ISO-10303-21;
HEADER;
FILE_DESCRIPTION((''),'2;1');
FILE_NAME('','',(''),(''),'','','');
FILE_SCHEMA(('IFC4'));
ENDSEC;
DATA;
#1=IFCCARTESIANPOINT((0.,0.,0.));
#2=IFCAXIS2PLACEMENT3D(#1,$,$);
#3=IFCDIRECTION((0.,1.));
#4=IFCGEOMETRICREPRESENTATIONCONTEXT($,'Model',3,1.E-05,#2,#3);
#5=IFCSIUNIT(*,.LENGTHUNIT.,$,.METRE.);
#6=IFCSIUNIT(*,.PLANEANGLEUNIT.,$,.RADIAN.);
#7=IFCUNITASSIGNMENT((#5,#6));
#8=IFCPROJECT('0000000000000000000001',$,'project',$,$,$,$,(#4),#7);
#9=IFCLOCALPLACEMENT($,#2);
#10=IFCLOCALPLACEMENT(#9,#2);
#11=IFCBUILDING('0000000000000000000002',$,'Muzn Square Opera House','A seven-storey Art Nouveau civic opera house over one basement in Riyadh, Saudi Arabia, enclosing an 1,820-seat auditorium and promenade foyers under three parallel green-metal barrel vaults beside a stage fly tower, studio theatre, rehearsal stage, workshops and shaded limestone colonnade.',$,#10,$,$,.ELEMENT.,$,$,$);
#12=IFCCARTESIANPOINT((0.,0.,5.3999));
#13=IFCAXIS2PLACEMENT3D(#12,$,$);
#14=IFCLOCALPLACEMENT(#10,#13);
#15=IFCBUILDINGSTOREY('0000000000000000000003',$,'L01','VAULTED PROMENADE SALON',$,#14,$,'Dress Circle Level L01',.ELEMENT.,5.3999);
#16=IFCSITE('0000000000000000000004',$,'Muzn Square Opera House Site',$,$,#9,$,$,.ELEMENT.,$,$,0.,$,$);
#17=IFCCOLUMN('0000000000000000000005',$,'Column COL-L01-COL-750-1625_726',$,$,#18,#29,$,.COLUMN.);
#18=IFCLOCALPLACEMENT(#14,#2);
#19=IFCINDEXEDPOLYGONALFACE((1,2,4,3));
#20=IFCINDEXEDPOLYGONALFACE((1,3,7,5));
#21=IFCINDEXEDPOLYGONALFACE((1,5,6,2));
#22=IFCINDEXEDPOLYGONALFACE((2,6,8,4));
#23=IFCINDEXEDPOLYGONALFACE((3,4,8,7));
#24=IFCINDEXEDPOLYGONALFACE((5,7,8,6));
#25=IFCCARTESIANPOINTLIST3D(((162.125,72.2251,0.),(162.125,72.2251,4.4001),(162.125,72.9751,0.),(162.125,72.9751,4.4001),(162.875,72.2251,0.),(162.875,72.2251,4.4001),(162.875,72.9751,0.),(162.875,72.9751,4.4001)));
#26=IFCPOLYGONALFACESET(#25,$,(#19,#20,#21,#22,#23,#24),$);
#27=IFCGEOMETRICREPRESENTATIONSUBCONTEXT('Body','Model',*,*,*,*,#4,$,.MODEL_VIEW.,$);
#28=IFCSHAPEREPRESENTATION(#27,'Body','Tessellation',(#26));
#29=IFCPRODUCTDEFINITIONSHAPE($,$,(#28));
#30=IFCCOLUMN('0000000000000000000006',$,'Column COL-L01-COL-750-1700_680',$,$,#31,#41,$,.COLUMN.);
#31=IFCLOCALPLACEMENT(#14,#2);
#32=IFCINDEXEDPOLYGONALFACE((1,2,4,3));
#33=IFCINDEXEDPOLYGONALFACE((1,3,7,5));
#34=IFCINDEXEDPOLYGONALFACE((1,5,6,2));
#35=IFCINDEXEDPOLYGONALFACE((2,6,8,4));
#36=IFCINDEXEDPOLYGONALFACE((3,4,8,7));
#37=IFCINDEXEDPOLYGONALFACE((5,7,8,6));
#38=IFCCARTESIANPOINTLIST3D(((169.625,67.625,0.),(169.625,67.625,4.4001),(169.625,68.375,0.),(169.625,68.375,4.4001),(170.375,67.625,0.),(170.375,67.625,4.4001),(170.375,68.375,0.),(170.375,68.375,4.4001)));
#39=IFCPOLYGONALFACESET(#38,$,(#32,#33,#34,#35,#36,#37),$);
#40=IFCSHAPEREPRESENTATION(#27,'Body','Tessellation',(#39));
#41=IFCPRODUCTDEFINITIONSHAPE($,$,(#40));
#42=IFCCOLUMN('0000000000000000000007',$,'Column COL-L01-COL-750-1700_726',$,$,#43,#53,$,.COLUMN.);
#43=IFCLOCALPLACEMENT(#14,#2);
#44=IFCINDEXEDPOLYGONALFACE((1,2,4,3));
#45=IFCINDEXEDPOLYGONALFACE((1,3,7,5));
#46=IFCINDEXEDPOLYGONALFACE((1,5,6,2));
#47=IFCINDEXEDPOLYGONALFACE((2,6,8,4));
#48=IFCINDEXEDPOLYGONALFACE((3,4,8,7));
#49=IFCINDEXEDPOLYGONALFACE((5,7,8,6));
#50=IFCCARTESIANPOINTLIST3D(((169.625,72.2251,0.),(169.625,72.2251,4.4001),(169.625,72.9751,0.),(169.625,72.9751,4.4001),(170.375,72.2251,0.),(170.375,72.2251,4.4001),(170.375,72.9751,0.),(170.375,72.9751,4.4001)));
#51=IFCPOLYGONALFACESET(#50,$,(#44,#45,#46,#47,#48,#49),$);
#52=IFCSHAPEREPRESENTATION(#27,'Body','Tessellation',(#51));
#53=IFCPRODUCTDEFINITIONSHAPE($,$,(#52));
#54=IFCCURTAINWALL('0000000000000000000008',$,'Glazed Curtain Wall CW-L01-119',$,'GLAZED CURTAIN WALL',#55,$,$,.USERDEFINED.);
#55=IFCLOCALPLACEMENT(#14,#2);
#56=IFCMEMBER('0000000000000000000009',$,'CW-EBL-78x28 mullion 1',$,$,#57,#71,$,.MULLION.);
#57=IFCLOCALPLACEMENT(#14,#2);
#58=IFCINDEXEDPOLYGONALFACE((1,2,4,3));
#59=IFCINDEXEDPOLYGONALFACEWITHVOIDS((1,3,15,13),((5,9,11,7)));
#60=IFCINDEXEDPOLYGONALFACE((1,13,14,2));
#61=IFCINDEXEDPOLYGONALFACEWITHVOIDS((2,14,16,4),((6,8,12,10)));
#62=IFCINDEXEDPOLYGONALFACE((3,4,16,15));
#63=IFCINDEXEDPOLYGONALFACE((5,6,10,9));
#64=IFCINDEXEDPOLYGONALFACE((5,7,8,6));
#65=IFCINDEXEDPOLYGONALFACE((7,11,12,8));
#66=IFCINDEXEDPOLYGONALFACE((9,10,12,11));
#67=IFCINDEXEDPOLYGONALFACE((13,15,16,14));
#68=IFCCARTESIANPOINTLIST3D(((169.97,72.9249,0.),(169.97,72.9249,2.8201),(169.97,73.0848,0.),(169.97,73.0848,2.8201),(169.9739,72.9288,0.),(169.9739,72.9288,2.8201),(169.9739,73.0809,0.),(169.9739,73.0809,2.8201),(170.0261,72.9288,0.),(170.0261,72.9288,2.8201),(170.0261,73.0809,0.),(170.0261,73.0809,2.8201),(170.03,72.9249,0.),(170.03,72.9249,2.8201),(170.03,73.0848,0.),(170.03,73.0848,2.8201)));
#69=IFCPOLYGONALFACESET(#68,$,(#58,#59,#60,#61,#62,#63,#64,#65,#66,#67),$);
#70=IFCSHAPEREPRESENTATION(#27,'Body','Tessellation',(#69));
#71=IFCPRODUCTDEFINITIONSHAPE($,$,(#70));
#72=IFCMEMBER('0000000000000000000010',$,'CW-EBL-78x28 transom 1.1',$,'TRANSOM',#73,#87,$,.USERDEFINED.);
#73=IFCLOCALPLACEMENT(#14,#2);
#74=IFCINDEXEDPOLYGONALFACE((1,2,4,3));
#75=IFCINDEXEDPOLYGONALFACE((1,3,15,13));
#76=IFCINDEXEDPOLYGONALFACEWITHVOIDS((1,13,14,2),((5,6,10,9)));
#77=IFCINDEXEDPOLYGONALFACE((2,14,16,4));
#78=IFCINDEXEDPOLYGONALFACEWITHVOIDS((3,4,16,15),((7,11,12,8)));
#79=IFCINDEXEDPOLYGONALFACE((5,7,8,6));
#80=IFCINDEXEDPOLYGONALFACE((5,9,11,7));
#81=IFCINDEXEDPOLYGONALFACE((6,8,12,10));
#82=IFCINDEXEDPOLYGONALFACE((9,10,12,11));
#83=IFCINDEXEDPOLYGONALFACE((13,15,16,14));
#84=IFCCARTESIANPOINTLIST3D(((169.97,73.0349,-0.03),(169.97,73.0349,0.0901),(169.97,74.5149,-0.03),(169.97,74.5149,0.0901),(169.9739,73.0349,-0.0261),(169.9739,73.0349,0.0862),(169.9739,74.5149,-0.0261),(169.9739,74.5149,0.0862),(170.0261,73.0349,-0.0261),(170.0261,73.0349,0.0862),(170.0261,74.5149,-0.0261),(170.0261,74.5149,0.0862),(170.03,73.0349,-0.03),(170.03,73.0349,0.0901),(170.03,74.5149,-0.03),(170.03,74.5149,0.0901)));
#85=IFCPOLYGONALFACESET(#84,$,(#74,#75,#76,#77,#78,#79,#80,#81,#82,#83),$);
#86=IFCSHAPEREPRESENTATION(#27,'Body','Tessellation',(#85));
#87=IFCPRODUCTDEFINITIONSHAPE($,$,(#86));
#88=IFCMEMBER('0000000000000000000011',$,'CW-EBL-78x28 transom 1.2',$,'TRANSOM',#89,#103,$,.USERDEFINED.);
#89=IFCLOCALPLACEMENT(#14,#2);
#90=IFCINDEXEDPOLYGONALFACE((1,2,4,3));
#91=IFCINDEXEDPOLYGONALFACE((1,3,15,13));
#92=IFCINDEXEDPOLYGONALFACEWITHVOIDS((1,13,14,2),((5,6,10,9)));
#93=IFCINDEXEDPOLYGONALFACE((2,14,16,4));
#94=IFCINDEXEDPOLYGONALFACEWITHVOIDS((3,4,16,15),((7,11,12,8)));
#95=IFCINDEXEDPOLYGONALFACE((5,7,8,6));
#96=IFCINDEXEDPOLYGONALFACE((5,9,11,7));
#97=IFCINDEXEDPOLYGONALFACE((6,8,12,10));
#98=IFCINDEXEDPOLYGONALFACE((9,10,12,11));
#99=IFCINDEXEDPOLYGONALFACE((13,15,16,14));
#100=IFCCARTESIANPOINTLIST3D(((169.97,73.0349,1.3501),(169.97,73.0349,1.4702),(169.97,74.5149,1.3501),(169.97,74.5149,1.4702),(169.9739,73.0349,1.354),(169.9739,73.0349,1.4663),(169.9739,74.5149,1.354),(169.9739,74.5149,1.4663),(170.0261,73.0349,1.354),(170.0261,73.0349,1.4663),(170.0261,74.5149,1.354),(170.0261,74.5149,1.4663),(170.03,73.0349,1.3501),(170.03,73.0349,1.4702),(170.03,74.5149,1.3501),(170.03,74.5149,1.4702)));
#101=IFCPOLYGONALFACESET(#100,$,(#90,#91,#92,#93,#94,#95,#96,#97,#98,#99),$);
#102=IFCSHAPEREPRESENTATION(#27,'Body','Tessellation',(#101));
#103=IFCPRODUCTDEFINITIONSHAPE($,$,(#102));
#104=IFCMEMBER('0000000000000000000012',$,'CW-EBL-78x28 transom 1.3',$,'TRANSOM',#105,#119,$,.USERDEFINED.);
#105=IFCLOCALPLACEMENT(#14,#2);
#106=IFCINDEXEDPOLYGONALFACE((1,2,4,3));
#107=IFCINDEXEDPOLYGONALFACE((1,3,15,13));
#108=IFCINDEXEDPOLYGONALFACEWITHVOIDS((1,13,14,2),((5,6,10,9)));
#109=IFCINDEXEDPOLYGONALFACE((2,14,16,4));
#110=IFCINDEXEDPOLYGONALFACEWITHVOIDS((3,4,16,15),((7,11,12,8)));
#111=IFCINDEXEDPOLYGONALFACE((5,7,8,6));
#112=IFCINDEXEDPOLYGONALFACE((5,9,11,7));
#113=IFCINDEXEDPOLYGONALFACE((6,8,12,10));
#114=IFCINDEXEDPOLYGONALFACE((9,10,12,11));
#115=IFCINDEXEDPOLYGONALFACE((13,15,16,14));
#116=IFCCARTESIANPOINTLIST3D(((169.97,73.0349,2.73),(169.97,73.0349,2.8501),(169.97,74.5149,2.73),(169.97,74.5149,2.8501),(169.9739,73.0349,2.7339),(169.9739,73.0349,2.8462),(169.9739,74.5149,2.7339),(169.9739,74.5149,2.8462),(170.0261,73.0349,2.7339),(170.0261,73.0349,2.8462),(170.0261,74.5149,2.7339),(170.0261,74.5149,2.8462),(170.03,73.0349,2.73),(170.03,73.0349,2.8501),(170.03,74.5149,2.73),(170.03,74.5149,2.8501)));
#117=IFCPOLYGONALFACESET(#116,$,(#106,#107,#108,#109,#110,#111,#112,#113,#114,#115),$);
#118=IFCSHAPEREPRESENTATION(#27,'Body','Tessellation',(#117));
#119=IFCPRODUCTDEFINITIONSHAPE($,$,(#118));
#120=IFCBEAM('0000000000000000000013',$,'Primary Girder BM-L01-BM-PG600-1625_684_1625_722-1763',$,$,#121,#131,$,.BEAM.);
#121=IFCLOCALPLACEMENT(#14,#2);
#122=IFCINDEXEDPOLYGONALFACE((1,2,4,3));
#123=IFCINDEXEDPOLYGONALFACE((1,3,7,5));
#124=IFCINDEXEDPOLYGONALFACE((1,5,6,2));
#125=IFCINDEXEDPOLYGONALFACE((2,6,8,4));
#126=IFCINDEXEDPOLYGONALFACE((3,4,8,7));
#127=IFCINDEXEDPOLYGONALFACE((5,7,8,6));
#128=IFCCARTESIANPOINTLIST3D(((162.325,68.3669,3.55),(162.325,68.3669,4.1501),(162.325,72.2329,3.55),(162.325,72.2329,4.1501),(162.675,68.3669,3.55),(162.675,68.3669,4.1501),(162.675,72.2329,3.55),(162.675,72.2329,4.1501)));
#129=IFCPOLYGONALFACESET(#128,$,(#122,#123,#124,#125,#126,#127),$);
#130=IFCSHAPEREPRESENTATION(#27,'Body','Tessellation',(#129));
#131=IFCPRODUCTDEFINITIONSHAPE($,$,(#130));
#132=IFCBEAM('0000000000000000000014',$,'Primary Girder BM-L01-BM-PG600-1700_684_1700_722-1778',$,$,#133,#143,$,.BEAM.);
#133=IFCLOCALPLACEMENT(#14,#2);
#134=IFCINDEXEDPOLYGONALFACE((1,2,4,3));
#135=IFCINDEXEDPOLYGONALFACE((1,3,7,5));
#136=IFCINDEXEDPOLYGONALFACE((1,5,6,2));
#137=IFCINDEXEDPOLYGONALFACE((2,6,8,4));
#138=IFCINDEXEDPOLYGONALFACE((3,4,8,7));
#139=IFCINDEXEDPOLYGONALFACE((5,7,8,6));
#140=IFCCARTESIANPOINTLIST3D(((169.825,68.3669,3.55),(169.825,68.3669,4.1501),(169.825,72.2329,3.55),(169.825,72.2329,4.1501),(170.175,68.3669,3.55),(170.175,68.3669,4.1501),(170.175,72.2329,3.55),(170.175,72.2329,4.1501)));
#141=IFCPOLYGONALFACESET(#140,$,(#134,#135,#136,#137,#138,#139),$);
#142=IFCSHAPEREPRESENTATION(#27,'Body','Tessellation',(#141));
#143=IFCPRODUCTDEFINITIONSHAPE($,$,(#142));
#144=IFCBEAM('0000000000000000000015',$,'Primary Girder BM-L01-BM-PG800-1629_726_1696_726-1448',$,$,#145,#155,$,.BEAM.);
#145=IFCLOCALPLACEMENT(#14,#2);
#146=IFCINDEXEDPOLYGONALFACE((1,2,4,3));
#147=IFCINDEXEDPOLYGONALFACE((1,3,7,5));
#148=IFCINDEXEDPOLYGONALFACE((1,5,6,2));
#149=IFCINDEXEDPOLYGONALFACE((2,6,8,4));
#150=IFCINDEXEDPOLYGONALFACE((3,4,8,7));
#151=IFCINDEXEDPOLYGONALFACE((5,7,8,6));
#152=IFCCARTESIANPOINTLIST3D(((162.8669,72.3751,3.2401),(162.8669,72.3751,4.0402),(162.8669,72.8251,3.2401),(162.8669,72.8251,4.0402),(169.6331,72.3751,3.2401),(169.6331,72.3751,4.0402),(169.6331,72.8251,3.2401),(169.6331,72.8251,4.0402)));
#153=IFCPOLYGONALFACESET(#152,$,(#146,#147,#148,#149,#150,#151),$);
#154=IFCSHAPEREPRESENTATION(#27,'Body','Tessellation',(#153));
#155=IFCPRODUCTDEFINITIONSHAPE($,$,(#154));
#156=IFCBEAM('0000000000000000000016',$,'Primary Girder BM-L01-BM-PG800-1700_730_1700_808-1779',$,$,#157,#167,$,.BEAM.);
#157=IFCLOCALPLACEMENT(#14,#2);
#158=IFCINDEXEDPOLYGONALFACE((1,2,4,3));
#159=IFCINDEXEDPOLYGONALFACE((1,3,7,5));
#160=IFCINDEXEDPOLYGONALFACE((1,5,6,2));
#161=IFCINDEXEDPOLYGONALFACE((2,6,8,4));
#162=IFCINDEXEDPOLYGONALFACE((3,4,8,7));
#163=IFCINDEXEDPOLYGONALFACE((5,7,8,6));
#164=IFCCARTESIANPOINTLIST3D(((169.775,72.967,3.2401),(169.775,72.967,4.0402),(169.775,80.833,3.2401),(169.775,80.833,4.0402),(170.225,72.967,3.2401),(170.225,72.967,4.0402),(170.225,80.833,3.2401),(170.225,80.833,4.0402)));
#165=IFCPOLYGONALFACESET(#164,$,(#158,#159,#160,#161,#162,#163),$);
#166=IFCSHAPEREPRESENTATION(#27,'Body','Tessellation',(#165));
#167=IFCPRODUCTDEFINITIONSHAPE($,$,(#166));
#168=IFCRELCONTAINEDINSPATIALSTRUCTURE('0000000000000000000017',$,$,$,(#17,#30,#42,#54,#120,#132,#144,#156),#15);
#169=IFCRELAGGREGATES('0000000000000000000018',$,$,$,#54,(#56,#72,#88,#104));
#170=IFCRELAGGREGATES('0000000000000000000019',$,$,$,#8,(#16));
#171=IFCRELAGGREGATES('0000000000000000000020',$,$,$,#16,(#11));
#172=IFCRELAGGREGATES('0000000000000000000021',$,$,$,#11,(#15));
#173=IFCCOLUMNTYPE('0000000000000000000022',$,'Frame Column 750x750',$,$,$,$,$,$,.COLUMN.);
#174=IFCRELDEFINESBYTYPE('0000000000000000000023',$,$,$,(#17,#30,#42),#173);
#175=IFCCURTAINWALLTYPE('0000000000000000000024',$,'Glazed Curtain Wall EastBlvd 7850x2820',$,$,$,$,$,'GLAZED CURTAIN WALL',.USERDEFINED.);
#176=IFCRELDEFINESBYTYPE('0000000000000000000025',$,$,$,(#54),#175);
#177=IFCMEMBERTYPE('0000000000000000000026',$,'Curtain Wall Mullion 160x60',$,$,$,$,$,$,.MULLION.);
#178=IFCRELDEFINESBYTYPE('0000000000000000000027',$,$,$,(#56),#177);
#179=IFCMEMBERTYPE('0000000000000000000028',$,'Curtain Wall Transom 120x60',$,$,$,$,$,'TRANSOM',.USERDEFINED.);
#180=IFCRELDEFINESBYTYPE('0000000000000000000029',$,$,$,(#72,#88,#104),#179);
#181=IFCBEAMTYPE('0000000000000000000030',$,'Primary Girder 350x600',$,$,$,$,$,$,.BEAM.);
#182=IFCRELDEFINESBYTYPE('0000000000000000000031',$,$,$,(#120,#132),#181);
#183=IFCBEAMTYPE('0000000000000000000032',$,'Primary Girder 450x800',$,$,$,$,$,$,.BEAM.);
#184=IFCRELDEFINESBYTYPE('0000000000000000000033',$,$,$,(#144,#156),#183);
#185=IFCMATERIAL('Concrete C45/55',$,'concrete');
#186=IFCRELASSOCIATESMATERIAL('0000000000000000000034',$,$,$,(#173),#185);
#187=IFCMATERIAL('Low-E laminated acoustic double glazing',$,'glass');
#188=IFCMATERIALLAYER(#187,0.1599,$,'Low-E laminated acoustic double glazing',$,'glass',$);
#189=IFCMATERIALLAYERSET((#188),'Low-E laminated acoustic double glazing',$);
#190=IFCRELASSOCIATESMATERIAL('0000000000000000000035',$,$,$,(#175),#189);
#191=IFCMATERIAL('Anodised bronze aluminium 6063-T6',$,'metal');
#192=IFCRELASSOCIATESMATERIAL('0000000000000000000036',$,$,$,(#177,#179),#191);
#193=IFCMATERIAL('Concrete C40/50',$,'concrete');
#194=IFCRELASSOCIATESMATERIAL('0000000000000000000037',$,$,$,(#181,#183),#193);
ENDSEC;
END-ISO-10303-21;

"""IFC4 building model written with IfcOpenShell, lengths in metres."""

from ifc_helpers import new_model, si_unit, direction, frame, origin, origin_2d, place, context, subcontext, project, spatial, rectangle, hollow_rectangle, extrude, material, layer, layer_set, material_profile, profile_set, type_object, element, aggregate, save


model = new_model("IFC4")

# Units and contexts
model_context = context("Model", 3, precision=1e-05, world=origin(), true_north=direction((0.0, 1.0)))
body_context = subcontext(model_context, "Body", "Model", "MODEL_VIEW")
ifc_project = project(units=[si_unit("LENGTHUNIT", "METRE"), si_unit("PLANEANGLEUNIT", "RADIAN")], contexts=[model_context])

# Site, building, storey
site_placement = place(None, origin())
site = spatial("IfcSite", under=ifc_project, at=site_placement, Name="Muzn Square Opera House Site", CompositionType="ELEMENT", RefElevation=0.0)
building_placement = place(site_placement, origin())
building = spatial("IfcBuilding", under=site, at=building_placement, Name="Muzn Square Opera House", Description="A seven-storey Art Nouveau civic opera house over one basement in Riyadh, Saudi Arabia, enclosing an 1,820-seat auditorium and promenade foyers under three parallel green-metal barrel vaults beside a stage fly tower, studio theatre, rehearsal stage, workshops and shaded limestone colonnade.", CompositionType="ELEMENT")
storey_placement = place(building_placement, frame((0.0, 0.0, 5.3999)))
storey = spatial("IfcBuildingStorey", under=building, at=storey_placement, Name="L01", Description="VAULTED PROMENADE SALON", LongName="Dress Circle Level L01", CompositionType="ELEMENT", Elevation=5.3999)

# Columns
ifc_material_1 = material(Name="Concrete C45/55", Category="concrete")
ifc_material_profile_1 = material_profile(ifc_material_1, rectangle(XDim=0.75, YDim=0.75, at=origin_2d()), Name="RC 750x750", Category="concrete")
ifc_profile_set_1 = profile_set([ifc_material_profile_1], Name="Concrete C45/55")
column_type = type_object("IfcColumnType", Name="Frame Column 750x750", PredefinedType="COLUMN", material=ifc_profile_set_1)
for number, where, z_axis, x_axis, name in (
    (1, (162.5, 72.6001, 0.0), (0.0, 0.0, 1.0), (1.0, 0.0, 0.0), "Column COL-L01-COL-750-1625_726"),
    (2, (170.0, 68.0, 0.0), (0.0, 0.0, 1.0), (1.0, 0.0, 0.0), "Column COL-L01-COL-750-1700_680"),
    (3, (170.0, 72.6001, 0.0), (0.0, 0.0, 1.0), (1.0, 0.0, 0.0), "Column COL-L01-COL-750-1700_726"),
):
    element("IfcColumn", number, at=place(storey_placement, frame(where, z_axis=z_axis, x_axis=x_axis)), inside=storey, type_object=column_type, Name=name, PredefinedType="COLUMN", context=body_context, shape_type="SweptSolid", body=[
        extrude(rectangle(XDim=0.75, YDim=0.75, at=origin_2d()), origin(), (0.0, 0.0, 1.0), 4.4001),
    ])

# Curtain wall, members
ifc_material_2 = material(Name="Low-E laminated acoustic double glazing", Category="glass")
ifc_layer_1 = layer(ifc_material_2, 0.1599, Name="Low-E laminated acoustic double glazing", Category="glass")
ifc_layer_set_1 = layer_set([ifc_layer_1], Name="Low-E laminated acoustic double glazing")
curtain_wall_type = type_object("IfcCurtainWallType", Name="Glazed Curtain Wall EastBlvd 7850x2820", ElementType="GLAZED CURTAIN WALL", PredefinedType="USERDEFINED", material=ifc_layer_set_1)
curtain_wall_placement = place(storey_placement, origin())
curtain_wall = element("IfcCurtainWall", 4, at=curtain_wall_placement, inside=storey, type_object=curtain_wall_type, Name="Glazed Curtain Wall CW-L01-119", ObjectType="GLAZED CURTAIN WALL", PredefinedType="USERDEFINED")
ifc_material_3 = material(Name="Anodised bronze aluminium 6063-T6", Category="metal")
ifc_material_profile_2 = material_profile(ifc_material_3, hollow_rectangle(XDim=0.0601, YDim=0.1599, WallThickness=0.0039, at=origin_2d()), Name="ALU 160x60x4", Category="metal")
ifc_profile_set_2 = profile_set([ifc_material_profile_2], Name="Anodised bronze aluminium 6063-T6")
member_type_1 = type_object("IfcMemberType", Name="Curtain Wall Mullion 160x60", PredefinedType="MULLION", material=ifc_profile_set_2)
member_1_placement = place(storey_placement, frame((170.0, 73.0049, 0.0), z_axis=(0.0, 0.0, 1.0), x_axis=(-1.0, 0.0, 0.0)))
member_1 = element("IfcMember", 5, at=member_1_placement, type_object=member_type_1, Name="CW-EBL-78x28 mullion 1", PredefinedType="MULLION", context=body_context, shape_type="SweptSolid", body=[
    extrude(hollow_rectangle(XDim=0.0601, YDim=0.1599, WallThickness=0.0039, at=origin_2d()), origin(), (0.0, 0.0, 1.0), 2.8201),
])
ifc_material_profile_3 = material_profile(ifc_material_3, hollow_rectangle(XDim=0.0601, YDim=0.1201, WallThickness=0.0039, at=origin_2d()), Name="ALU 120x60x4", Category="metal")
ifc_profile_set_3 = profile_set([ifc_material_profile_3], Name="Anodised bronze aluminium 6063-T6")
member_type_2 = type_object("IfcMemberType", Name="Curtain Wall Transom 120x60", ElementType="TRANSOM", PredefinedType="USERDEFINED", material=ifc_profile_set_3)
member_2_placement = place(storey_placement, frame((170.0, 73.0349, 0.03), z_axis=(0.0, 1.0, 0.0), x_axis=(-1.0, 0.0, 0.0)))
member_2 = element("IfcMember", 6, at=member_2_placement, type_object=member_type_2, Name="CW-EBL-78x28 transom 1.1", ObjectType="TRANSOM", PredefinedType="USERDEFINED", context=body_context, shape_type="SweptSolid", body=[
    extrude(hollow_rectangle(XDim=0.0601, YDim=0.1201, WallThickness=0.0039, at=origin_2d()), origin(), (0.0, 0.0, 1.0), 1.48),
])
member_3_placement = place(storey_placement, frame((170.0, 73.0349, 1.4102), z_axis=(0.0, 1.0, 0.0), x_axis=(-1.0, 0.0, 0.0)))
member_3 = element("IfcMember", 7, at=member_3_placement, type_object=member_type_2, Name="CW-EBL-78x28 transom 1.2", ObjectType="TRANSOM", PredefinedType="USERDEFINED", context=body_context, shape_type="SweptSolid", body=[
    extrude(hollow_rectangle(XDim=0.0601, YDim=0.1201, WallThickness=0.0039, at=origin_2d()), origin(), (0.0, 0.0, 1.0), 1.48),
])
member_4_placement = place(storey_placement, frame((170.0, 73.0349, 2.79), z_axis=(0.0, 1.0, 0.0), x_axis=(-1.0, 0.0, 0.0)))
member_4 = element("IfcMember", 8, at=member_4_placement, type_object=member_type_2, Name="CW-EBL-78x28 transom 1.3", ObjectType="TRANSOM", PredefinedType="USERDEFINED", context=body_context, shape_type="SweptSolid", body=[
    extrude(hollow_rectangle(XDim=0.0601, YDim=0.1201, WallThickness=0.0039, at=origin_2d()), origin(), (0.0, 0.0, 1.0), 1.48),
])

# Beams
ifc_material_4 = material(Name="Concrete C40/50", Category="concrete")
ifc_material_profile_4 = material_profile(ifc_material_4, rectangle(XDim=0.3501, YDim=0.6001, at=origin_2d()), Name="RCB 350x600", Category="concrete")
ifc_profile_set_4 = profile_set([ifc_material_profile_4], Name="Concrete C40/50")
beam_type_1 = type_object("IfcBeamType", Name="Primary Girder 350x600", PredefinedType="BEAM", material=ifc_profile_set_4)
for number, where, z_axis, x_axis, name in (
    (9, (162.5, 68.3669, 3.8501), (0.0, 1.0, 0.0), (-1.0, 0.0, 0.0), "Primary Girder BM-L01-BM-PG600-1625_684_1625_722-1763"),
    (10, (170.0, 68.3669, 3.8501), (0.0, 1.0, 0.0), (-1.0, 0.0, 0.0), "Primary Girder BM-L01-BM-PG600-1700_684_1700_722-1778"),
):
    element("IfcBeam", number, at=place(storey_placement, frame(where, z_axis=z_axis, x_axis=x_axis)), inside=storey, type_object=beam_type_1, Name=name, PredefinedType="BEAM", context=body_context, shape_type="SweptSolid", body=[
        extrude(rectangle(XDim=0.3501, YDim=0.6001, at=origin_2d()), origin(), (0.0, 0.0, 1.0), 3.866),
    ])
ifc_material_profile_5 = material_profile(ifc_material_4, rectangle(XDim=0.45, YDim=0.8, at=origin_2d()), Name="RCB 450x800", Category="concrete")
ifc_profile_set_5 = profile_set([ifc_material_profile_5], Name="Concrete C40/50")
beam_type_2 = type_object("IfcBeamType", Name="Primary Girder 450x800", PredefinedType="BEAM", material=ifc_profile_set_5)
beam_1_placement = place(storey_placement, frame((162.8669, 72.6001, 3.6401), z_axis=(1.0, 0.0, 0.0), x_axis=(0.0, 1.0, 0.0)))
element("IfcBeam", 11, at=beam_1_placement, inside=storey, type_object=beam_type_2, Name="Primary Girder BM-L01-BM-PG800-1629_726_1696_726-1448", PredefinedType="BEAM", context=body_context, shape_type="SweptSolid", body=[
    extrude(rectangle(XDim=0.45, YDim=0.8, at=origin_2d()), origin(), (0.0, 0.0, 1.0), 6.7661),
])
beam_2_placement = place(storey_placement, frame((170.0, 72.967, 3.6401), z_axis=(0.0, 1.0, 0.0), x_axis=(-1.0, 0.0, 0.0)))
element("IfcBeam", 12, at=beam_2_placement, inside=storey, type_object=beam_type_2, Name="Primary Girder BM-L01-BM-PG800-1700_730_1700_808-1779", PredefinedType="BEAM", context=body_context, shape_type="SweptSolid", body=[
    extrude(rectangle(XDim=0.45, YDim=0.8, at=origin_2d()), origin(), (0.0, 0.0, 1.0), 7.866),
])

aggregate(curtain_wall, [member_1, member_2, member_3, member_4])

save(model, "model.ifc")
